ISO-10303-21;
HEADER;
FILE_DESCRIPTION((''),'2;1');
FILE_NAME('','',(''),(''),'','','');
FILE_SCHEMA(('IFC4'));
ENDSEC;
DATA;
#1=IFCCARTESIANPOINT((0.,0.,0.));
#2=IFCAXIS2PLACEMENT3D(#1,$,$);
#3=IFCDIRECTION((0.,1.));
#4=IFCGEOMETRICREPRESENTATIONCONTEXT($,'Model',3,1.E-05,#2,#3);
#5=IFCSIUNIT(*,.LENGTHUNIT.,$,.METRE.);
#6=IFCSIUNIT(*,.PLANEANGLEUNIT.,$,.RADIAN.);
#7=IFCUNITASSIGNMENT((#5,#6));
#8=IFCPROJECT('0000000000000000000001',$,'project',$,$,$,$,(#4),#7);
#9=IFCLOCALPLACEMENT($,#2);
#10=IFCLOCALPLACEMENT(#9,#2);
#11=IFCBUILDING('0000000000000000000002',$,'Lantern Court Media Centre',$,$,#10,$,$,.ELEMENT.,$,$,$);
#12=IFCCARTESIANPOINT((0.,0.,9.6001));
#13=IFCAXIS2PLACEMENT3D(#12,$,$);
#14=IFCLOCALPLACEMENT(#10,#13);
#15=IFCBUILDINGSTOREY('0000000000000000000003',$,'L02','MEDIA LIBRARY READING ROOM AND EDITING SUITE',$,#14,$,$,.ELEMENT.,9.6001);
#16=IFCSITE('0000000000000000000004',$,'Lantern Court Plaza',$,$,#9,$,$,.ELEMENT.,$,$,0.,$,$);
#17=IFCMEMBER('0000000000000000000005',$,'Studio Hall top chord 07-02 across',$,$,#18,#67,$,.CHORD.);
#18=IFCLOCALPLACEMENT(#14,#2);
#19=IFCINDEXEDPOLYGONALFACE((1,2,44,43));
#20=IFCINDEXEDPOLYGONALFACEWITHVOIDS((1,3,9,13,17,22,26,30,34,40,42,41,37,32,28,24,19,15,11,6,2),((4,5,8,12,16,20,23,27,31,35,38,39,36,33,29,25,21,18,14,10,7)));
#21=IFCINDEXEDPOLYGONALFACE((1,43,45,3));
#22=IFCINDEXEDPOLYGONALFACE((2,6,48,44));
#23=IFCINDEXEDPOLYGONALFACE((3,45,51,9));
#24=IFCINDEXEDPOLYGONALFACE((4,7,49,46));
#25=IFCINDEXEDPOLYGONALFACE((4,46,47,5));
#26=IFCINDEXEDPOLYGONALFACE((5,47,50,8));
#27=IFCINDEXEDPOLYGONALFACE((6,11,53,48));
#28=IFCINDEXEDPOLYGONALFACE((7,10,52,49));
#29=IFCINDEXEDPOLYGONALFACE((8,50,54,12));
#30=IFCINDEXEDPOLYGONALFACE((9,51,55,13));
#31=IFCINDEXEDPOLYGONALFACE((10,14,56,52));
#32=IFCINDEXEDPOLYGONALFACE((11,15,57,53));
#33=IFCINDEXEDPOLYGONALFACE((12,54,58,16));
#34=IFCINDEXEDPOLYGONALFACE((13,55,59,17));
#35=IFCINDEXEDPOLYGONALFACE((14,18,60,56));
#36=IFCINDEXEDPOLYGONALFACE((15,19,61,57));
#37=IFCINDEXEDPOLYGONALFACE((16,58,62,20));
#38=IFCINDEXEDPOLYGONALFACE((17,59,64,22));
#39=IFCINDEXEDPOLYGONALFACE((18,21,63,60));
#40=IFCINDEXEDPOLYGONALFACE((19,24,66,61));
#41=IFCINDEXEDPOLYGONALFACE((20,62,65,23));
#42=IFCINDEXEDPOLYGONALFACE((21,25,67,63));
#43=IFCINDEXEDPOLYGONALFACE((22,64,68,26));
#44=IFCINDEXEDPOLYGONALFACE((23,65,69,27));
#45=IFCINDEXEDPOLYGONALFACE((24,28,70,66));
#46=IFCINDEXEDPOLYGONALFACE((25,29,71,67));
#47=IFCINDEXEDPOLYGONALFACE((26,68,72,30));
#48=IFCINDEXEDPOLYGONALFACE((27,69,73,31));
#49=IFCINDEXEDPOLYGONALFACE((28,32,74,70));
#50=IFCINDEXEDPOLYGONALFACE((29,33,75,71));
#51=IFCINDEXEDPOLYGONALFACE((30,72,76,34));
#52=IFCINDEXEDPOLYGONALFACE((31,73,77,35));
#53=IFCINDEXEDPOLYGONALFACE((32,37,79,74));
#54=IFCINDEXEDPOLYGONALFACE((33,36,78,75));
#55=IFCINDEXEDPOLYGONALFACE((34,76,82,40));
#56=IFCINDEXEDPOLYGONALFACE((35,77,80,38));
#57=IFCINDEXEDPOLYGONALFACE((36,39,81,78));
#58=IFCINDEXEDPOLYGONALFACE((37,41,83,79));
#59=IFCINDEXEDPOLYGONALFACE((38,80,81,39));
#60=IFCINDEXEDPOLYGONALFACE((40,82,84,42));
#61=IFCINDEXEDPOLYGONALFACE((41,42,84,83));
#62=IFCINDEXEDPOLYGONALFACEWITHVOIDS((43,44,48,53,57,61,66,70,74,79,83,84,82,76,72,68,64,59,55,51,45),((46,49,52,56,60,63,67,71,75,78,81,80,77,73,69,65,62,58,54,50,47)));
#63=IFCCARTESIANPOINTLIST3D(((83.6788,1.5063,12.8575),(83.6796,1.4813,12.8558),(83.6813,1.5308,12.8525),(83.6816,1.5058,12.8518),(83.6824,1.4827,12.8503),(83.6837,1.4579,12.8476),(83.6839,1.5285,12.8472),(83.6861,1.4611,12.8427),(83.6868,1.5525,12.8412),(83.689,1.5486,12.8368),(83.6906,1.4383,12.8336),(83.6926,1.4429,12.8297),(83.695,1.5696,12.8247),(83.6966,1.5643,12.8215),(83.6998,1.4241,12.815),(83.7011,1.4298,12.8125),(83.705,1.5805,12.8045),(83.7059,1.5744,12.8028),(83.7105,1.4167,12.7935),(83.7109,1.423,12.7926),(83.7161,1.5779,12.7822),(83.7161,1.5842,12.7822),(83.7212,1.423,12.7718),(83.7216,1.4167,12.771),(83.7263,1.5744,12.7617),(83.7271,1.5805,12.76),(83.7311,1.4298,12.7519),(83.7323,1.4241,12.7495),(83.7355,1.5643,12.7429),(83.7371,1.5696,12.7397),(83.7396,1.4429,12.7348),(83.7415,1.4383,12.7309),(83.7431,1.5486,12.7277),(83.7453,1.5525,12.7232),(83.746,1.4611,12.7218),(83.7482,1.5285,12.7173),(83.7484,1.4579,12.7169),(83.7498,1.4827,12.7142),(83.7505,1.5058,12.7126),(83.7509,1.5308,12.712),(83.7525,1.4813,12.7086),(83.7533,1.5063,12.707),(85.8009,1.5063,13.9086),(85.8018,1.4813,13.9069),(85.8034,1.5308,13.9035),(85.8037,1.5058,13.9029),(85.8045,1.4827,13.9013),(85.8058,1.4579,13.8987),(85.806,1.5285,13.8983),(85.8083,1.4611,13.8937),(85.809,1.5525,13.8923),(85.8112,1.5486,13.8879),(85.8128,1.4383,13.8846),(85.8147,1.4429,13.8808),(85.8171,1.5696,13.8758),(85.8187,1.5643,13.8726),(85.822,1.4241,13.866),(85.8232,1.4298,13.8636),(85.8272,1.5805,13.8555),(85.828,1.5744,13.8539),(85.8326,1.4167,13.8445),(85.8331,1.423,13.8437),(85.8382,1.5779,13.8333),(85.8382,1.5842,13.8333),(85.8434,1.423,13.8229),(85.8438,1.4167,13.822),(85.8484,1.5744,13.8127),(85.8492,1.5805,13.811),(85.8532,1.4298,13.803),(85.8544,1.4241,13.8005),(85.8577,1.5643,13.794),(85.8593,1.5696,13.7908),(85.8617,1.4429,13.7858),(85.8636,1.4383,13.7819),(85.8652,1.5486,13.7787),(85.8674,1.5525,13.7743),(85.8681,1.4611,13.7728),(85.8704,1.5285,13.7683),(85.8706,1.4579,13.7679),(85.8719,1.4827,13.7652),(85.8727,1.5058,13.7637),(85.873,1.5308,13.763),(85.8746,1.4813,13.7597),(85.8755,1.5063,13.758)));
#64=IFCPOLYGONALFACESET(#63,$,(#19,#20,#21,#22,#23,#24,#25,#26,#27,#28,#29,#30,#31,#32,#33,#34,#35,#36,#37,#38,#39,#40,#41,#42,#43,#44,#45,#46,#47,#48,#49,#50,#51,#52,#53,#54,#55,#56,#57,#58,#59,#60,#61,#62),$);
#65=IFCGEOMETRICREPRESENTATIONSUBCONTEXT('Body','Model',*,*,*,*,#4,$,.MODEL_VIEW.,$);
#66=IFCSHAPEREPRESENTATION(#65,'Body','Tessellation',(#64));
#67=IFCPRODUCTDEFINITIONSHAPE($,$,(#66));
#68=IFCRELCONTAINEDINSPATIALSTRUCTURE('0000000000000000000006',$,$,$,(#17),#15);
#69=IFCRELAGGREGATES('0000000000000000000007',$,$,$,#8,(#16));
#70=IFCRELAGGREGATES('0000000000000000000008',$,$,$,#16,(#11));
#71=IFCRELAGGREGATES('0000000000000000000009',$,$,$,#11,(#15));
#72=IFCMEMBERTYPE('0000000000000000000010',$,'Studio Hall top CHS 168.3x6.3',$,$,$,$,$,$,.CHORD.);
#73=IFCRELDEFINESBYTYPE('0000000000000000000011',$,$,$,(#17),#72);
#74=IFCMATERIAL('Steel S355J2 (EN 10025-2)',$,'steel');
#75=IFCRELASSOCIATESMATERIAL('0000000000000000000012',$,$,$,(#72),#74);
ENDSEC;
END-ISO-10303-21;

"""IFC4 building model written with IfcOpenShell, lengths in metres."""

from ifc_helpers import new_model, si_unit, direction, frame, origin, origin_2d, place, context, subcontext, project, spatial, hollow_circle, extrude, material, material_profile, profile_set, type_object, element, save


model = new_model("IFC4")

# Units and contexts
model_context = context("Model", 3, precision=1e-05, world=origin(), true_north=direction((0.0, 1.0)))
body_context = subcontext(model_context, "Body", "Model", "MODEL_VIEW")
ifc_project = project(units=[si_unit("LENGTHUNIT", "METRE"), si_unit("PLANEANGLEUNIT", "RADIAN")], contexts=[model_context])

# Site, building, storey
site_placement = place(None, origin())
site = spatial("IfcSite", under=ifc_project, at=site_placement, Name="Lantern Court Plaza", CompositionType="ELEMENT", RefElevation=0.0)
building_placement = place(site_placement, origin())
building = spatial("IfcBuilding", under=site, at=building_placement, Name="Lantern Court Media Centre", CompositionType="ELEMENT")
storey_placement = place(building_placement, frame((0.0, 0.0, 9.6001)))
storey = spatial("IfcBuildingStorey", under=building, at=storey_placement, Name="L02", Description="MEDIA LIBRARY READING ROOM AND EDITING SUITE", CompositionType="ELEMENT", Elevation=9.6001)

# Member
ifc_material = material(Name="Steel S355J2 (EN 10025-2)", Category="steel")
ifc_material_profile_1 = material_profile(ifc_material, hollow_circle(Radius=0.0842, WallThickness=0.0063, at=origin_2d()), Name="Studio Hall top CHS 168.3x6.3")
ifc_profile_set_1 = profile_set([ifc_material_profile_1], Name="Steel S355J2 (EN 10025-2)")
member_type_1 = type_object("IfcMemberType", Name="Studio Hall top CHS 168.3x6.3", PredefinedType="CHORD", material=ifc_profile_set_1)
for number, where, z_axis, x_axis, name in (
    (1, (83.7161, 1.5, 12.7822), (0.896112, 0.0, 0.443829), (0.0, 1.0, 0.0), "Studio Hall top chord 07-02 across"),
):
    element("IfcMember", number, at=place(storey_placement, frame(where, z_axis=z_axis, x_axis=x_axis)), inside=storey, type_object=member_type_1, Name=name, PredefinedType="CHORD", context=body_context, shape_type="SweptSolid", body=[
        extrude(hollow_circle(Radius=0.0842, WallThickness=0.0063, at=origin_2d()), origin(), (0.0, 0.0, 1.0), 2.3682),
    ])

save(model, "model.ifc")
